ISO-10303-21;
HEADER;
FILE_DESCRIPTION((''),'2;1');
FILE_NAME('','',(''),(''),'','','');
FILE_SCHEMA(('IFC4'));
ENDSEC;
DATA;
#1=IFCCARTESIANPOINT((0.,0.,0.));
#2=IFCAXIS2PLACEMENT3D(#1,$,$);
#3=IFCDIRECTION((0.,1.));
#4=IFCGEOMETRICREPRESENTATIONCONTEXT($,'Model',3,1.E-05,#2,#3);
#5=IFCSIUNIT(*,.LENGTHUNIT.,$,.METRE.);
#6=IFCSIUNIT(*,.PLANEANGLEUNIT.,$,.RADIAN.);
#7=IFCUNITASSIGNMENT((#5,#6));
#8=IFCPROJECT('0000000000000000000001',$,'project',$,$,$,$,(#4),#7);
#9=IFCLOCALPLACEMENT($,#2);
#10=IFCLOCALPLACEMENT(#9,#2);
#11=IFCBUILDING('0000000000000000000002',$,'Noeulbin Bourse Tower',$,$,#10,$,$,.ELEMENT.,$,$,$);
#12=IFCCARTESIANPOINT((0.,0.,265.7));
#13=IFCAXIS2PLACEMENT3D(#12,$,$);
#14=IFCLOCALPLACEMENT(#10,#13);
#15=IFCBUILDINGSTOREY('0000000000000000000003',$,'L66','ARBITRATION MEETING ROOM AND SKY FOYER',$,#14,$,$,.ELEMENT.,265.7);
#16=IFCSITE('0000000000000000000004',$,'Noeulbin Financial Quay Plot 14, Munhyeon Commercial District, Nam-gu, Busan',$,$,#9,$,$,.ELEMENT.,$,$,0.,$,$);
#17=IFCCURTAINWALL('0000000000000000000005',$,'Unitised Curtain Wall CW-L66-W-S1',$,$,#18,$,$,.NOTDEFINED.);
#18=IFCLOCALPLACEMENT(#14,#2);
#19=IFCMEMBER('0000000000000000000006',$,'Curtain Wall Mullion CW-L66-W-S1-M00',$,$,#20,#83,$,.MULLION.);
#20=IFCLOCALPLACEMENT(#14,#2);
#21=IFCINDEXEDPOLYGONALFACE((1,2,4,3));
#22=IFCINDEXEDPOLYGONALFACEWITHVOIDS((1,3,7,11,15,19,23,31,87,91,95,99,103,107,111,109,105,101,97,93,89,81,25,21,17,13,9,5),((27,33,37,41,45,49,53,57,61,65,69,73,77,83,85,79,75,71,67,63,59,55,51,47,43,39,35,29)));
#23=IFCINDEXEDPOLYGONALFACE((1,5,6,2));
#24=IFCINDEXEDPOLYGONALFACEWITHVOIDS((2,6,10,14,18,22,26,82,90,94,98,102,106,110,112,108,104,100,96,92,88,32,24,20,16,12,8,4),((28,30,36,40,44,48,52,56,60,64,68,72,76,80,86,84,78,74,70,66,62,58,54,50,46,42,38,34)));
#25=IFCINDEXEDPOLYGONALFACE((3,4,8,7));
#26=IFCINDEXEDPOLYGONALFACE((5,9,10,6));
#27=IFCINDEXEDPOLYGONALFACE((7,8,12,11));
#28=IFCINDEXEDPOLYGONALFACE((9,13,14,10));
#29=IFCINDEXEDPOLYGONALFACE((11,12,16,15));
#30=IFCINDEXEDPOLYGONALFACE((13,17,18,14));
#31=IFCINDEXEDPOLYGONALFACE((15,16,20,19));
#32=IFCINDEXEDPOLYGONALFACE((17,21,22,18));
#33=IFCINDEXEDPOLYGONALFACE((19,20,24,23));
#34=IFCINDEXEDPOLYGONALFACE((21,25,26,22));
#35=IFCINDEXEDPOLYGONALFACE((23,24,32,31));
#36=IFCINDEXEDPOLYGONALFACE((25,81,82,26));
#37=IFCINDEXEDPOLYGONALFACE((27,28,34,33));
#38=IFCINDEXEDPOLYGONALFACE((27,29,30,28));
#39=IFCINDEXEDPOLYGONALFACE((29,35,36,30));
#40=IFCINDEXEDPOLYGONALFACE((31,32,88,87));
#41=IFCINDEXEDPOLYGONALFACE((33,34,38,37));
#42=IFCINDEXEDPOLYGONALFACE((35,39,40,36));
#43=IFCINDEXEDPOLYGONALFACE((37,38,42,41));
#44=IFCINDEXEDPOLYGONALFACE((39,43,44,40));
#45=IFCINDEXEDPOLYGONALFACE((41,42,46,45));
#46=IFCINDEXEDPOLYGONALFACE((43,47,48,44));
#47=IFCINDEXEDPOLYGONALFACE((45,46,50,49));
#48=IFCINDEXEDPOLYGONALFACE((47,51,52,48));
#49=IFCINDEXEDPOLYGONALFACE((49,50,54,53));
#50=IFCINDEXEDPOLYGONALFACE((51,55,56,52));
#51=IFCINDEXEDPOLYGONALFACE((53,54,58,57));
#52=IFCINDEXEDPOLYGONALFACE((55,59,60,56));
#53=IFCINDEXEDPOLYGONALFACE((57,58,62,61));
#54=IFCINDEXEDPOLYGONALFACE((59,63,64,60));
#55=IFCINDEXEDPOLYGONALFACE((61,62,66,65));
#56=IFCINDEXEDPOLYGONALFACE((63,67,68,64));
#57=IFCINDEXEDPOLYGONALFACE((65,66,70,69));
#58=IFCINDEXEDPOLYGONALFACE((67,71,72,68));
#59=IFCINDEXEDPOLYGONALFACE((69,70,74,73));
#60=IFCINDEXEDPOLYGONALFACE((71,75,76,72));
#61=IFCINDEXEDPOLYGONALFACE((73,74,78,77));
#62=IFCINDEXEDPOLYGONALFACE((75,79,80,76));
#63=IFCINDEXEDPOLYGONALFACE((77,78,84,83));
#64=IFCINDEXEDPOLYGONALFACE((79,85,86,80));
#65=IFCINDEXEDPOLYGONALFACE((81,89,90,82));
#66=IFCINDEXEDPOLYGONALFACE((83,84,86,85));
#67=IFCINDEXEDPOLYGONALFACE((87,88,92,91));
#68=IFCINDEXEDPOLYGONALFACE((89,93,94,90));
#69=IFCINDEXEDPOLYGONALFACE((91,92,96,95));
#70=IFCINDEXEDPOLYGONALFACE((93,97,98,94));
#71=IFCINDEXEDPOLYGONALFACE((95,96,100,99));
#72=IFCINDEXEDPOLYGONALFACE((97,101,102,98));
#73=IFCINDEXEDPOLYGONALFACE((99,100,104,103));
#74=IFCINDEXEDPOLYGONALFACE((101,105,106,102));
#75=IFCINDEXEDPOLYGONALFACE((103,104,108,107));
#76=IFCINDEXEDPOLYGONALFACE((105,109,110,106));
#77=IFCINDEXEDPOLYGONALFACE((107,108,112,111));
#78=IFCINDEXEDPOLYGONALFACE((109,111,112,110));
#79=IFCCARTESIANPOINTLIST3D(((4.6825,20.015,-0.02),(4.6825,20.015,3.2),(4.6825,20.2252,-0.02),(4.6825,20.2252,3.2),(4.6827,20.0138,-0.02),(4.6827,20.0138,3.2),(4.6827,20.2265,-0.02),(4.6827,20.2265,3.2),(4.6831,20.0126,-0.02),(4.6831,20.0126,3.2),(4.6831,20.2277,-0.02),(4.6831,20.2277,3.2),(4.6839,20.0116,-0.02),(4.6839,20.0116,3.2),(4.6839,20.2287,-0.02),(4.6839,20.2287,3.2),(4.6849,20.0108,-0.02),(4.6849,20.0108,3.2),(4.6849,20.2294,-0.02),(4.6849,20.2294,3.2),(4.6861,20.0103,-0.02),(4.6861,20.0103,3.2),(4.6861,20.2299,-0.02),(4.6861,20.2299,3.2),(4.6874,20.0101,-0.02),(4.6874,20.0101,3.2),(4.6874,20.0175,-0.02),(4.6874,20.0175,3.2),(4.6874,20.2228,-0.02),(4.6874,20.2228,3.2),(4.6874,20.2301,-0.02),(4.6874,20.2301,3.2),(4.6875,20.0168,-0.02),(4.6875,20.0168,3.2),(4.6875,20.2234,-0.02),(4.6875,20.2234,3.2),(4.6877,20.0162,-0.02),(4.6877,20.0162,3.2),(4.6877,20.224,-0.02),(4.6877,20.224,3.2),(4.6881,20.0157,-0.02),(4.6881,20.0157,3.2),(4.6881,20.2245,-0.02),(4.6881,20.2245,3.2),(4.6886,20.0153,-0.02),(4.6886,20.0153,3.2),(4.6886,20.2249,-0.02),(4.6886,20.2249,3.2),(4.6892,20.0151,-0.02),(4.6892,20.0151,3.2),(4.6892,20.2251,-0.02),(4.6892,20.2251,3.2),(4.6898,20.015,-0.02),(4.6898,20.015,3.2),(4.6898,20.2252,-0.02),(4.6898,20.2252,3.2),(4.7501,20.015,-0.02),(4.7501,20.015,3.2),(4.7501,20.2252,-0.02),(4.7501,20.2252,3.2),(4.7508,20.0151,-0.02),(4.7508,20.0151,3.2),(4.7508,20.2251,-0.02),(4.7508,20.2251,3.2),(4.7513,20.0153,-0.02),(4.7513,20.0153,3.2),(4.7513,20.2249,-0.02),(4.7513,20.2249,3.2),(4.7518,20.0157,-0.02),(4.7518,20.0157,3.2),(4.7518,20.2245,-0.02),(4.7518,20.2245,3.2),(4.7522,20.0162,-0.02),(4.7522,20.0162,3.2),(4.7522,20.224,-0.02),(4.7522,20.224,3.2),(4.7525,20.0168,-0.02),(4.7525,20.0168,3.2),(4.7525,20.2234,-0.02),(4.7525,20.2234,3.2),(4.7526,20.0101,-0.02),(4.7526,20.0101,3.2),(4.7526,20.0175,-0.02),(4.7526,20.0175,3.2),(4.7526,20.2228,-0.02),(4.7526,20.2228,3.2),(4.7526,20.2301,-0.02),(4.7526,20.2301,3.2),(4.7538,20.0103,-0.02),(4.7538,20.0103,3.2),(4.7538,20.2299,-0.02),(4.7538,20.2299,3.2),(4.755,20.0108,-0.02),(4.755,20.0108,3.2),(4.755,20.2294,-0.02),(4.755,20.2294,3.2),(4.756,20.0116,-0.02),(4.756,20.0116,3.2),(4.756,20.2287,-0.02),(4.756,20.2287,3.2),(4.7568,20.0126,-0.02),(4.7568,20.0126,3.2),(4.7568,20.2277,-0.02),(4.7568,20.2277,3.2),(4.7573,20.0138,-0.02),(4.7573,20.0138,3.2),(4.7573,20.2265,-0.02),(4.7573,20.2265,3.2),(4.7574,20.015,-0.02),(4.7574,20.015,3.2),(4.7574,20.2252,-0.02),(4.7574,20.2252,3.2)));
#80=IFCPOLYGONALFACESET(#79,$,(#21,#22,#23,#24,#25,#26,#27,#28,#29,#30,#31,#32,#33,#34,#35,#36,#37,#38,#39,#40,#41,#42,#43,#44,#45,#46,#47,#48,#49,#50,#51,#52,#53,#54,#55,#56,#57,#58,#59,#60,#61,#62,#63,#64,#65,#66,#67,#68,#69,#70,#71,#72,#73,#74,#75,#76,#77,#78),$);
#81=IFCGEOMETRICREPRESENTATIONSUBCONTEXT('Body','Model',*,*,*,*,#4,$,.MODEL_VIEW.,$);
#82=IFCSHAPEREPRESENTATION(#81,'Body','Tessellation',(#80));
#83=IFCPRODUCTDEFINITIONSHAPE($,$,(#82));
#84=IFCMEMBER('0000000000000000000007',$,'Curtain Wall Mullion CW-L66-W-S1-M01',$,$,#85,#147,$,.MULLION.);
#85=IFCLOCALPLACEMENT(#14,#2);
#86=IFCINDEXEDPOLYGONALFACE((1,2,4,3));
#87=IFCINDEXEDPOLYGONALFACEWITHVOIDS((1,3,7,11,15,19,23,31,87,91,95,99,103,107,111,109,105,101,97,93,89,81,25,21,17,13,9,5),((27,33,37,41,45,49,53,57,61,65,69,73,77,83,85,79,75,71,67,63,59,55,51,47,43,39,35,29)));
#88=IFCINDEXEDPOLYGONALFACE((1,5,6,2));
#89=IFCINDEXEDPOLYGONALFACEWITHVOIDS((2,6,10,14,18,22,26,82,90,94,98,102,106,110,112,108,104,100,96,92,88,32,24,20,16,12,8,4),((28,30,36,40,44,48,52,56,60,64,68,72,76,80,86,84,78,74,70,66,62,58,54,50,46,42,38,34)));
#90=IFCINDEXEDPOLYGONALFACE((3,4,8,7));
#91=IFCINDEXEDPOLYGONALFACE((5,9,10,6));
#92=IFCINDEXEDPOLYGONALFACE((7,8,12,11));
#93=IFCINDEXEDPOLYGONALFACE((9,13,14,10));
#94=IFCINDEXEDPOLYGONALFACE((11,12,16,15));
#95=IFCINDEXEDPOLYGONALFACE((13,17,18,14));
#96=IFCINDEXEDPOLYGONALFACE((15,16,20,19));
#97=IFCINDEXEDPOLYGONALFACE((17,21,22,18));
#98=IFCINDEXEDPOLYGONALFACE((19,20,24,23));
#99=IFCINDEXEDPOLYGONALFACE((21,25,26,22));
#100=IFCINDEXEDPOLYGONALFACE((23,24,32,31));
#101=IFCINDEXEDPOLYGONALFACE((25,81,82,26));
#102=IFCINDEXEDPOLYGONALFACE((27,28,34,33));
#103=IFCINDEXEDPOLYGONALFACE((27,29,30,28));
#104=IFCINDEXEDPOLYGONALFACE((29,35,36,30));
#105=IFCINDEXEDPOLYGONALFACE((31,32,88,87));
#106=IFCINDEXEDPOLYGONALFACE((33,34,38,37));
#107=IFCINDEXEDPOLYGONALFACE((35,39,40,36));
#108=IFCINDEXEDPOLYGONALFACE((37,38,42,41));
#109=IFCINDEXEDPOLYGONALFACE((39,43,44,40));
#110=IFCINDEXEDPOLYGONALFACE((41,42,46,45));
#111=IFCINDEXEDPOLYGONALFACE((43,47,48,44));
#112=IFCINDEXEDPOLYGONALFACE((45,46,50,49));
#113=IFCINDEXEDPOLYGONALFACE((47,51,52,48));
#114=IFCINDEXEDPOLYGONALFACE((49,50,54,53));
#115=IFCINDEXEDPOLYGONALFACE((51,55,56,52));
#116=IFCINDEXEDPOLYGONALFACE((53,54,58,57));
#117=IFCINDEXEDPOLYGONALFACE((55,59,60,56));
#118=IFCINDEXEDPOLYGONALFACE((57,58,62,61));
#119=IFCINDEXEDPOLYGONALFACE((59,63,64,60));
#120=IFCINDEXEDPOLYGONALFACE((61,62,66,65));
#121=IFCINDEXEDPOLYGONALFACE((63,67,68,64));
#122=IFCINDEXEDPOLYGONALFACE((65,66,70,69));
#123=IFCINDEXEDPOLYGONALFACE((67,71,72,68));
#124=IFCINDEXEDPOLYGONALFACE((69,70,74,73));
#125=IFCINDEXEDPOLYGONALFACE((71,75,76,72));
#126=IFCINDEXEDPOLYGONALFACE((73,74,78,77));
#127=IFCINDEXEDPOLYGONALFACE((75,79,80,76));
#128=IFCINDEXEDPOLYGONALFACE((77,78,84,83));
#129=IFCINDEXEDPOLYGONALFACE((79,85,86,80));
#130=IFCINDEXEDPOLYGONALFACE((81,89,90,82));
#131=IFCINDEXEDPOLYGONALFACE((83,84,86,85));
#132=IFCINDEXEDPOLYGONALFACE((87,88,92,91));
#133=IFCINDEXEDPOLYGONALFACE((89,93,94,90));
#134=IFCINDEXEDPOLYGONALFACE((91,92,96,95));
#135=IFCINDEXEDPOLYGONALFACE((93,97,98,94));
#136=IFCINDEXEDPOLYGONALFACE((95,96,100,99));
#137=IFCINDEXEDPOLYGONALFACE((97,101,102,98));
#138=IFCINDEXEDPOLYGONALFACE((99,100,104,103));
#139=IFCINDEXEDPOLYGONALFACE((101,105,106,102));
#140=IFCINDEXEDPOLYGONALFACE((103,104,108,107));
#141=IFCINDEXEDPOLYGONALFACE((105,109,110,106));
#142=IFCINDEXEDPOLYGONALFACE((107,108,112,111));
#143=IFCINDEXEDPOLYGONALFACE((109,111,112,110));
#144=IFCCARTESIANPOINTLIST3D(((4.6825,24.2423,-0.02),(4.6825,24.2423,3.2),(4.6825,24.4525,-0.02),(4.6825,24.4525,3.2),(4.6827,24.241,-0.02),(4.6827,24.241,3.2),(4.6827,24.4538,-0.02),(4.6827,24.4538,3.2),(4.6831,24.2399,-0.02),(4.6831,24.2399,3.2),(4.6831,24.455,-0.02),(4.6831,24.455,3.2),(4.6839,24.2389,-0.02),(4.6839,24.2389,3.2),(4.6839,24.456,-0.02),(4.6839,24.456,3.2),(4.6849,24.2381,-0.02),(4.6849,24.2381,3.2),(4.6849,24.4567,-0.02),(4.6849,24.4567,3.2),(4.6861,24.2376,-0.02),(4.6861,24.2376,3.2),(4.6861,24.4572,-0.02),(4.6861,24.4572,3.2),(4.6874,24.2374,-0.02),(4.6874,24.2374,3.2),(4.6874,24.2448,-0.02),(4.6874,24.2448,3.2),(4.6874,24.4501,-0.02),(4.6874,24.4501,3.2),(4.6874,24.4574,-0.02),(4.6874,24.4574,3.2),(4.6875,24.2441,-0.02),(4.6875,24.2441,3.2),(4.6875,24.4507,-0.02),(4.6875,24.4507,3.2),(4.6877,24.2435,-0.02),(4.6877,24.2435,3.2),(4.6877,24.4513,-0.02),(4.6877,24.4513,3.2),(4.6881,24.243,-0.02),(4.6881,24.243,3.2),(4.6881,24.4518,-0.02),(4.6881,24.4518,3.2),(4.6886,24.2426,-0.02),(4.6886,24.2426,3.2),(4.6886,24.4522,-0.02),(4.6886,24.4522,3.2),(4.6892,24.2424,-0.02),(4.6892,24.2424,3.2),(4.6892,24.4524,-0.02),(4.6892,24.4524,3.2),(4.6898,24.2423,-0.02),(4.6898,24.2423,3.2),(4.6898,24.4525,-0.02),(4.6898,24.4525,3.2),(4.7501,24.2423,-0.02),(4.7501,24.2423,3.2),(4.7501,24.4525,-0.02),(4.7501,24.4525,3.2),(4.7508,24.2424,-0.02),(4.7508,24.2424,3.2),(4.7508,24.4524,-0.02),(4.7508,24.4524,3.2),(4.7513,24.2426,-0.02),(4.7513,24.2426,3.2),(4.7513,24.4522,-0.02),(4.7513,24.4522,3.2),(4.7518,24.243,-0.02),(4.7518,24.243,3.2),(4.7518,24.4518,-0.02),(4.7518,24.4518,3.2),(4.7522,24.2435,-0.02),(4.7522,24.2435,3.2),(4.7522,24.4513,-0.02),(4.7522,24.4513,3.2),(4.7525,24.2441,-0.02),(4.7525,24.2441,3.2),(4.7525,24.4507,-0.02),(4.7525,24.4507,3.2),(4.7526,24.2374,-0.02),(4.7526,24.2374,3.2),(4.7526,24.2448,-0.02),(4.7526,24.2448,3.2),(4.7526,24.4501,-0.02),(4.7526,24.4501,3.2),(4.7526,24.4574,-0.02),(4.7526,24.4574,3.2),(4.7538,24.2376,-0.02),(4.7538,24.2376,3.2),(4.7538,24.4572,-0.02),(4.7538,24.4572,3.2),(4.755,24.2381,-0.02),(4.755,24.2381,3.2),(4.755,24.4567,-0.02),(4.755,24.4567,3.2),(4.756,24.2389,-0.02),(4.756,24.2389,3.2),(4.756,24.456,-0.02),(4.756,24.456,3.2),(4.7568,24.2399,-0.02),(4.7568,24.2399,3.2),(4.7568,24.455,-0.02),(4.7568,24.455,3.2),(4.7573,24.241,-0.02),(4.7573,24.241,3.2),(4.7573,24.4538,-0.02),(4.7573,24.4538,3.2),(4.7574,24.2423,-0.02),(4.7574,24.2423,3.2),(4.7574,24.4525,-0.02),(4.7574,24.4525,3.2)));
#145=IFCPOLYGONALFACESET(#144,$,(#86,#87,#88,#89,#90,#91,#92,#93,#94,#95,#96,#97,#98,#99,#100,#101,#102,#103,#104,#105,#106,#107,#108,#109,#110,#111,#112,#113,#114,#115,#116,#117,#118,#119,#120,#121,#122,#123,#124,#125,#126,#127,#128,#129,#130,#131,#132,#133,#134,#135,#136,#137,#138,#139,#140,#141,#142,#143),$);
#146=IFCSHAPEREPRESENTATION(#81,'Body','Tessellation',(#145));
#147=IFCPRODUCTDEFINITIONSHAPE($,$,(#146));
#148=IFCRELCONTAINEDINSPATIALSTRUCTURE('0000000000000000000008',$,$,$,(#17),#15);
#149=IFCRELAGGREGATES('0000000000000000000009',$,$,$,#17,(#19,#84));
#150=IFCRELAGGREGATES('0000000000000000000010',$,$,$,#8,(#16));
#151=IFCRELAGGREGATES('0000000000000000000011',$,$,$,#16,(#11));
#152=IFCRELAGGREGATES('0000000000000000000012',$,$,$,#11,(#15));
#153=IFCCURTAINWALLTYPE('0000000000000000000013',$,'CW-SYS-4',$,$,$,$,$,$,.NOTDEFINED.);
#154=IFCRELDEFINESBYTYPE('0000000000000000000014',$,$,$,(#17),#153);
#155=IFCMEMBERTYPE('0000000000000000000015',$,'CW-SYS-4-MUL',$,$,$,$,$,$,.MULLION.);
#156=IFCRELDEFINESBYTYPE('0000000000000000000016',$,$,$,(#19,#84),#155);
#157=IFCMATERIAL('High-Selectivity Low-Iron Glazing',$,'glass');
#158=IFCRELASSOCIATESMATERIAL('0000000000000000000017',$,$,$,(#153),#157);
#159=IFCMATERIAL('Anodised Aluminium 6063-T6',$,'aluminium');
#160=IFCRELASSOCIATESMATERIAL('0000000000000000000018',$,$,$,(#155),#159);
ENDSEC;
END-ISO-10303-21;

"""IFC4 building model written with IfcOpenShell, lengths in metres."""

from ifc_helpers import new_model, si_unit, direction, frame, origin, origin_2d, place, context, subcontext, project, spatial, hollow_rectangle, extrude, material, material_profile, profile_set, type_object, element, aggregate, save


model = new_model("IFC4")

# Units and contexts
model_context = context("Model", 3, precision=1e-05, world=origin(), true_north=direction((0.0, 1.0)))
body_context = subcontext(model_context, "Body", "Model", "MODEL_VIEW")
ifc_project = project(units=[si_unit("LENGTHUNIT", "METRE"), si_unit("PLANEANGLEUNIT", "RADIAN")], contexts=[model_context])

# Site, building, storey
site_placement = place(None, origin())
site = spatial("IfcSite", under=ifc_project, at=site_placement, Name="Noeulbin Financial Quay Plot 14, Munhyeon Commercial District, Nam-gu, Busan", CompositionType="ELEMENT", RefElevation=0.0)
building_placement = place(site_placement, origin())
building = spatial("IfcBuilding", under=site, at=building_placement, Name="Noeulbin Bourse Tower", CompositionType="ELEMENT")
storey_placement = place(building_placement, frame((0.0, 0.0, 265.7)))
storey = spatial("IfcBuildingStorey", under=building, at=storey_placement, Name="L66", Description="ARBITRATION MEETING ROOM AND SKY FOYER", CompositionType="ELEMENT", Elevation=265.7)

# Curtain wall, members
ifc_material_1 = material(Name="High-Selectivity Low-Iron Glazing", Category="glass")
curtain_wall_type = type_object("IfcCurtainWallType", Name="CW-SYS-4", PredefinedType="NOTDEFINED", material=ifc_material_1)
curtain_wall_1_placement = place(storey_placement, origin())
curtain_wall_1 = element("IfcCurtainWall", 1, at=curtain_wall_1_placement, inside=storey, type_object=curtain_wall_type, Name="Unitised Curtain Wall CW-L66-W-S1", PredefinedType="NOTDEFINED")
ifc_material_2 = material(Name="Anodised Aluminium 6063-T6", Category="aluminium")
ifc_material_profile_1 = material_profile(ifc_material_2, hollow_rectangle(XDim=0.075, YDim=0.22, WallThickness=0.0049, InnerFilletRadius=0.0024, OuterFilletRadius=0.0049, at=origin_2d()), Name="ALU-MULL-75x220x5", Category="LoadBearing")
ifc_profile_set_1 = profile_set([ifc_material_profile_1], Name="Anodised Aluminium 6063-T6")
member_type_1 = type_object("IfcMemberType", Name="CW-SYS-4-MUL", PredefinedType="MULLION", material=ifc_profile_set_1)
member_1_placement = place(storey_placement, frame((4.72, 20.1201, -0.02), z_axis=(0.0, 0.0, 1.0), x_axis=(1.0, 0.0, 0.0)))
member_1 = element("IfcMember", 2, at=member_1_placement, type_object=member_type_1, Name="Curtain Wall Mullion CW-L66-W-S1-M00", PredefinedType="MULLION", context=body_context, shape_type="SweptSolid", body=[
    extrude(hollow_rectangle(XDim=0.075, YDim=0.22, WallThickness=0.0049, InnerFilletRadius=0.0024, OuterFilletRadius=0.0049, at=origin_2d()), origin(), (0.0, 0.0, 1.0), 3.22),
])
member_2_placement = place(storey_placement, frame((4.72, 24.3474, -0.02), z_axis=(0.0, 0.0, 1.0), x_axis=(1.0, 0.0, 0.0)))
member_2 = element("IfcMember", 3, at=member_2_placement, type_object=member_type_1, Name="Curtain Wall Mullion CW-L66-W-S1-M01", PredefinedType="MULLION", context=body_context, shape_type="SweptSolid", body=[
    extrude(hollow_rectangle(XDim=0.075, YDim=0.22, WallThickness=0.0049, InnerFilletRadius=0.0024, OuterFilletRadius=0.0049, at=origin_2d()), origin(), (0.0, 0.0, 1.0), 3.22),
])

aggregate(curtain_wall_1, [member_1, member_2])

save(model, "model.ifc")
